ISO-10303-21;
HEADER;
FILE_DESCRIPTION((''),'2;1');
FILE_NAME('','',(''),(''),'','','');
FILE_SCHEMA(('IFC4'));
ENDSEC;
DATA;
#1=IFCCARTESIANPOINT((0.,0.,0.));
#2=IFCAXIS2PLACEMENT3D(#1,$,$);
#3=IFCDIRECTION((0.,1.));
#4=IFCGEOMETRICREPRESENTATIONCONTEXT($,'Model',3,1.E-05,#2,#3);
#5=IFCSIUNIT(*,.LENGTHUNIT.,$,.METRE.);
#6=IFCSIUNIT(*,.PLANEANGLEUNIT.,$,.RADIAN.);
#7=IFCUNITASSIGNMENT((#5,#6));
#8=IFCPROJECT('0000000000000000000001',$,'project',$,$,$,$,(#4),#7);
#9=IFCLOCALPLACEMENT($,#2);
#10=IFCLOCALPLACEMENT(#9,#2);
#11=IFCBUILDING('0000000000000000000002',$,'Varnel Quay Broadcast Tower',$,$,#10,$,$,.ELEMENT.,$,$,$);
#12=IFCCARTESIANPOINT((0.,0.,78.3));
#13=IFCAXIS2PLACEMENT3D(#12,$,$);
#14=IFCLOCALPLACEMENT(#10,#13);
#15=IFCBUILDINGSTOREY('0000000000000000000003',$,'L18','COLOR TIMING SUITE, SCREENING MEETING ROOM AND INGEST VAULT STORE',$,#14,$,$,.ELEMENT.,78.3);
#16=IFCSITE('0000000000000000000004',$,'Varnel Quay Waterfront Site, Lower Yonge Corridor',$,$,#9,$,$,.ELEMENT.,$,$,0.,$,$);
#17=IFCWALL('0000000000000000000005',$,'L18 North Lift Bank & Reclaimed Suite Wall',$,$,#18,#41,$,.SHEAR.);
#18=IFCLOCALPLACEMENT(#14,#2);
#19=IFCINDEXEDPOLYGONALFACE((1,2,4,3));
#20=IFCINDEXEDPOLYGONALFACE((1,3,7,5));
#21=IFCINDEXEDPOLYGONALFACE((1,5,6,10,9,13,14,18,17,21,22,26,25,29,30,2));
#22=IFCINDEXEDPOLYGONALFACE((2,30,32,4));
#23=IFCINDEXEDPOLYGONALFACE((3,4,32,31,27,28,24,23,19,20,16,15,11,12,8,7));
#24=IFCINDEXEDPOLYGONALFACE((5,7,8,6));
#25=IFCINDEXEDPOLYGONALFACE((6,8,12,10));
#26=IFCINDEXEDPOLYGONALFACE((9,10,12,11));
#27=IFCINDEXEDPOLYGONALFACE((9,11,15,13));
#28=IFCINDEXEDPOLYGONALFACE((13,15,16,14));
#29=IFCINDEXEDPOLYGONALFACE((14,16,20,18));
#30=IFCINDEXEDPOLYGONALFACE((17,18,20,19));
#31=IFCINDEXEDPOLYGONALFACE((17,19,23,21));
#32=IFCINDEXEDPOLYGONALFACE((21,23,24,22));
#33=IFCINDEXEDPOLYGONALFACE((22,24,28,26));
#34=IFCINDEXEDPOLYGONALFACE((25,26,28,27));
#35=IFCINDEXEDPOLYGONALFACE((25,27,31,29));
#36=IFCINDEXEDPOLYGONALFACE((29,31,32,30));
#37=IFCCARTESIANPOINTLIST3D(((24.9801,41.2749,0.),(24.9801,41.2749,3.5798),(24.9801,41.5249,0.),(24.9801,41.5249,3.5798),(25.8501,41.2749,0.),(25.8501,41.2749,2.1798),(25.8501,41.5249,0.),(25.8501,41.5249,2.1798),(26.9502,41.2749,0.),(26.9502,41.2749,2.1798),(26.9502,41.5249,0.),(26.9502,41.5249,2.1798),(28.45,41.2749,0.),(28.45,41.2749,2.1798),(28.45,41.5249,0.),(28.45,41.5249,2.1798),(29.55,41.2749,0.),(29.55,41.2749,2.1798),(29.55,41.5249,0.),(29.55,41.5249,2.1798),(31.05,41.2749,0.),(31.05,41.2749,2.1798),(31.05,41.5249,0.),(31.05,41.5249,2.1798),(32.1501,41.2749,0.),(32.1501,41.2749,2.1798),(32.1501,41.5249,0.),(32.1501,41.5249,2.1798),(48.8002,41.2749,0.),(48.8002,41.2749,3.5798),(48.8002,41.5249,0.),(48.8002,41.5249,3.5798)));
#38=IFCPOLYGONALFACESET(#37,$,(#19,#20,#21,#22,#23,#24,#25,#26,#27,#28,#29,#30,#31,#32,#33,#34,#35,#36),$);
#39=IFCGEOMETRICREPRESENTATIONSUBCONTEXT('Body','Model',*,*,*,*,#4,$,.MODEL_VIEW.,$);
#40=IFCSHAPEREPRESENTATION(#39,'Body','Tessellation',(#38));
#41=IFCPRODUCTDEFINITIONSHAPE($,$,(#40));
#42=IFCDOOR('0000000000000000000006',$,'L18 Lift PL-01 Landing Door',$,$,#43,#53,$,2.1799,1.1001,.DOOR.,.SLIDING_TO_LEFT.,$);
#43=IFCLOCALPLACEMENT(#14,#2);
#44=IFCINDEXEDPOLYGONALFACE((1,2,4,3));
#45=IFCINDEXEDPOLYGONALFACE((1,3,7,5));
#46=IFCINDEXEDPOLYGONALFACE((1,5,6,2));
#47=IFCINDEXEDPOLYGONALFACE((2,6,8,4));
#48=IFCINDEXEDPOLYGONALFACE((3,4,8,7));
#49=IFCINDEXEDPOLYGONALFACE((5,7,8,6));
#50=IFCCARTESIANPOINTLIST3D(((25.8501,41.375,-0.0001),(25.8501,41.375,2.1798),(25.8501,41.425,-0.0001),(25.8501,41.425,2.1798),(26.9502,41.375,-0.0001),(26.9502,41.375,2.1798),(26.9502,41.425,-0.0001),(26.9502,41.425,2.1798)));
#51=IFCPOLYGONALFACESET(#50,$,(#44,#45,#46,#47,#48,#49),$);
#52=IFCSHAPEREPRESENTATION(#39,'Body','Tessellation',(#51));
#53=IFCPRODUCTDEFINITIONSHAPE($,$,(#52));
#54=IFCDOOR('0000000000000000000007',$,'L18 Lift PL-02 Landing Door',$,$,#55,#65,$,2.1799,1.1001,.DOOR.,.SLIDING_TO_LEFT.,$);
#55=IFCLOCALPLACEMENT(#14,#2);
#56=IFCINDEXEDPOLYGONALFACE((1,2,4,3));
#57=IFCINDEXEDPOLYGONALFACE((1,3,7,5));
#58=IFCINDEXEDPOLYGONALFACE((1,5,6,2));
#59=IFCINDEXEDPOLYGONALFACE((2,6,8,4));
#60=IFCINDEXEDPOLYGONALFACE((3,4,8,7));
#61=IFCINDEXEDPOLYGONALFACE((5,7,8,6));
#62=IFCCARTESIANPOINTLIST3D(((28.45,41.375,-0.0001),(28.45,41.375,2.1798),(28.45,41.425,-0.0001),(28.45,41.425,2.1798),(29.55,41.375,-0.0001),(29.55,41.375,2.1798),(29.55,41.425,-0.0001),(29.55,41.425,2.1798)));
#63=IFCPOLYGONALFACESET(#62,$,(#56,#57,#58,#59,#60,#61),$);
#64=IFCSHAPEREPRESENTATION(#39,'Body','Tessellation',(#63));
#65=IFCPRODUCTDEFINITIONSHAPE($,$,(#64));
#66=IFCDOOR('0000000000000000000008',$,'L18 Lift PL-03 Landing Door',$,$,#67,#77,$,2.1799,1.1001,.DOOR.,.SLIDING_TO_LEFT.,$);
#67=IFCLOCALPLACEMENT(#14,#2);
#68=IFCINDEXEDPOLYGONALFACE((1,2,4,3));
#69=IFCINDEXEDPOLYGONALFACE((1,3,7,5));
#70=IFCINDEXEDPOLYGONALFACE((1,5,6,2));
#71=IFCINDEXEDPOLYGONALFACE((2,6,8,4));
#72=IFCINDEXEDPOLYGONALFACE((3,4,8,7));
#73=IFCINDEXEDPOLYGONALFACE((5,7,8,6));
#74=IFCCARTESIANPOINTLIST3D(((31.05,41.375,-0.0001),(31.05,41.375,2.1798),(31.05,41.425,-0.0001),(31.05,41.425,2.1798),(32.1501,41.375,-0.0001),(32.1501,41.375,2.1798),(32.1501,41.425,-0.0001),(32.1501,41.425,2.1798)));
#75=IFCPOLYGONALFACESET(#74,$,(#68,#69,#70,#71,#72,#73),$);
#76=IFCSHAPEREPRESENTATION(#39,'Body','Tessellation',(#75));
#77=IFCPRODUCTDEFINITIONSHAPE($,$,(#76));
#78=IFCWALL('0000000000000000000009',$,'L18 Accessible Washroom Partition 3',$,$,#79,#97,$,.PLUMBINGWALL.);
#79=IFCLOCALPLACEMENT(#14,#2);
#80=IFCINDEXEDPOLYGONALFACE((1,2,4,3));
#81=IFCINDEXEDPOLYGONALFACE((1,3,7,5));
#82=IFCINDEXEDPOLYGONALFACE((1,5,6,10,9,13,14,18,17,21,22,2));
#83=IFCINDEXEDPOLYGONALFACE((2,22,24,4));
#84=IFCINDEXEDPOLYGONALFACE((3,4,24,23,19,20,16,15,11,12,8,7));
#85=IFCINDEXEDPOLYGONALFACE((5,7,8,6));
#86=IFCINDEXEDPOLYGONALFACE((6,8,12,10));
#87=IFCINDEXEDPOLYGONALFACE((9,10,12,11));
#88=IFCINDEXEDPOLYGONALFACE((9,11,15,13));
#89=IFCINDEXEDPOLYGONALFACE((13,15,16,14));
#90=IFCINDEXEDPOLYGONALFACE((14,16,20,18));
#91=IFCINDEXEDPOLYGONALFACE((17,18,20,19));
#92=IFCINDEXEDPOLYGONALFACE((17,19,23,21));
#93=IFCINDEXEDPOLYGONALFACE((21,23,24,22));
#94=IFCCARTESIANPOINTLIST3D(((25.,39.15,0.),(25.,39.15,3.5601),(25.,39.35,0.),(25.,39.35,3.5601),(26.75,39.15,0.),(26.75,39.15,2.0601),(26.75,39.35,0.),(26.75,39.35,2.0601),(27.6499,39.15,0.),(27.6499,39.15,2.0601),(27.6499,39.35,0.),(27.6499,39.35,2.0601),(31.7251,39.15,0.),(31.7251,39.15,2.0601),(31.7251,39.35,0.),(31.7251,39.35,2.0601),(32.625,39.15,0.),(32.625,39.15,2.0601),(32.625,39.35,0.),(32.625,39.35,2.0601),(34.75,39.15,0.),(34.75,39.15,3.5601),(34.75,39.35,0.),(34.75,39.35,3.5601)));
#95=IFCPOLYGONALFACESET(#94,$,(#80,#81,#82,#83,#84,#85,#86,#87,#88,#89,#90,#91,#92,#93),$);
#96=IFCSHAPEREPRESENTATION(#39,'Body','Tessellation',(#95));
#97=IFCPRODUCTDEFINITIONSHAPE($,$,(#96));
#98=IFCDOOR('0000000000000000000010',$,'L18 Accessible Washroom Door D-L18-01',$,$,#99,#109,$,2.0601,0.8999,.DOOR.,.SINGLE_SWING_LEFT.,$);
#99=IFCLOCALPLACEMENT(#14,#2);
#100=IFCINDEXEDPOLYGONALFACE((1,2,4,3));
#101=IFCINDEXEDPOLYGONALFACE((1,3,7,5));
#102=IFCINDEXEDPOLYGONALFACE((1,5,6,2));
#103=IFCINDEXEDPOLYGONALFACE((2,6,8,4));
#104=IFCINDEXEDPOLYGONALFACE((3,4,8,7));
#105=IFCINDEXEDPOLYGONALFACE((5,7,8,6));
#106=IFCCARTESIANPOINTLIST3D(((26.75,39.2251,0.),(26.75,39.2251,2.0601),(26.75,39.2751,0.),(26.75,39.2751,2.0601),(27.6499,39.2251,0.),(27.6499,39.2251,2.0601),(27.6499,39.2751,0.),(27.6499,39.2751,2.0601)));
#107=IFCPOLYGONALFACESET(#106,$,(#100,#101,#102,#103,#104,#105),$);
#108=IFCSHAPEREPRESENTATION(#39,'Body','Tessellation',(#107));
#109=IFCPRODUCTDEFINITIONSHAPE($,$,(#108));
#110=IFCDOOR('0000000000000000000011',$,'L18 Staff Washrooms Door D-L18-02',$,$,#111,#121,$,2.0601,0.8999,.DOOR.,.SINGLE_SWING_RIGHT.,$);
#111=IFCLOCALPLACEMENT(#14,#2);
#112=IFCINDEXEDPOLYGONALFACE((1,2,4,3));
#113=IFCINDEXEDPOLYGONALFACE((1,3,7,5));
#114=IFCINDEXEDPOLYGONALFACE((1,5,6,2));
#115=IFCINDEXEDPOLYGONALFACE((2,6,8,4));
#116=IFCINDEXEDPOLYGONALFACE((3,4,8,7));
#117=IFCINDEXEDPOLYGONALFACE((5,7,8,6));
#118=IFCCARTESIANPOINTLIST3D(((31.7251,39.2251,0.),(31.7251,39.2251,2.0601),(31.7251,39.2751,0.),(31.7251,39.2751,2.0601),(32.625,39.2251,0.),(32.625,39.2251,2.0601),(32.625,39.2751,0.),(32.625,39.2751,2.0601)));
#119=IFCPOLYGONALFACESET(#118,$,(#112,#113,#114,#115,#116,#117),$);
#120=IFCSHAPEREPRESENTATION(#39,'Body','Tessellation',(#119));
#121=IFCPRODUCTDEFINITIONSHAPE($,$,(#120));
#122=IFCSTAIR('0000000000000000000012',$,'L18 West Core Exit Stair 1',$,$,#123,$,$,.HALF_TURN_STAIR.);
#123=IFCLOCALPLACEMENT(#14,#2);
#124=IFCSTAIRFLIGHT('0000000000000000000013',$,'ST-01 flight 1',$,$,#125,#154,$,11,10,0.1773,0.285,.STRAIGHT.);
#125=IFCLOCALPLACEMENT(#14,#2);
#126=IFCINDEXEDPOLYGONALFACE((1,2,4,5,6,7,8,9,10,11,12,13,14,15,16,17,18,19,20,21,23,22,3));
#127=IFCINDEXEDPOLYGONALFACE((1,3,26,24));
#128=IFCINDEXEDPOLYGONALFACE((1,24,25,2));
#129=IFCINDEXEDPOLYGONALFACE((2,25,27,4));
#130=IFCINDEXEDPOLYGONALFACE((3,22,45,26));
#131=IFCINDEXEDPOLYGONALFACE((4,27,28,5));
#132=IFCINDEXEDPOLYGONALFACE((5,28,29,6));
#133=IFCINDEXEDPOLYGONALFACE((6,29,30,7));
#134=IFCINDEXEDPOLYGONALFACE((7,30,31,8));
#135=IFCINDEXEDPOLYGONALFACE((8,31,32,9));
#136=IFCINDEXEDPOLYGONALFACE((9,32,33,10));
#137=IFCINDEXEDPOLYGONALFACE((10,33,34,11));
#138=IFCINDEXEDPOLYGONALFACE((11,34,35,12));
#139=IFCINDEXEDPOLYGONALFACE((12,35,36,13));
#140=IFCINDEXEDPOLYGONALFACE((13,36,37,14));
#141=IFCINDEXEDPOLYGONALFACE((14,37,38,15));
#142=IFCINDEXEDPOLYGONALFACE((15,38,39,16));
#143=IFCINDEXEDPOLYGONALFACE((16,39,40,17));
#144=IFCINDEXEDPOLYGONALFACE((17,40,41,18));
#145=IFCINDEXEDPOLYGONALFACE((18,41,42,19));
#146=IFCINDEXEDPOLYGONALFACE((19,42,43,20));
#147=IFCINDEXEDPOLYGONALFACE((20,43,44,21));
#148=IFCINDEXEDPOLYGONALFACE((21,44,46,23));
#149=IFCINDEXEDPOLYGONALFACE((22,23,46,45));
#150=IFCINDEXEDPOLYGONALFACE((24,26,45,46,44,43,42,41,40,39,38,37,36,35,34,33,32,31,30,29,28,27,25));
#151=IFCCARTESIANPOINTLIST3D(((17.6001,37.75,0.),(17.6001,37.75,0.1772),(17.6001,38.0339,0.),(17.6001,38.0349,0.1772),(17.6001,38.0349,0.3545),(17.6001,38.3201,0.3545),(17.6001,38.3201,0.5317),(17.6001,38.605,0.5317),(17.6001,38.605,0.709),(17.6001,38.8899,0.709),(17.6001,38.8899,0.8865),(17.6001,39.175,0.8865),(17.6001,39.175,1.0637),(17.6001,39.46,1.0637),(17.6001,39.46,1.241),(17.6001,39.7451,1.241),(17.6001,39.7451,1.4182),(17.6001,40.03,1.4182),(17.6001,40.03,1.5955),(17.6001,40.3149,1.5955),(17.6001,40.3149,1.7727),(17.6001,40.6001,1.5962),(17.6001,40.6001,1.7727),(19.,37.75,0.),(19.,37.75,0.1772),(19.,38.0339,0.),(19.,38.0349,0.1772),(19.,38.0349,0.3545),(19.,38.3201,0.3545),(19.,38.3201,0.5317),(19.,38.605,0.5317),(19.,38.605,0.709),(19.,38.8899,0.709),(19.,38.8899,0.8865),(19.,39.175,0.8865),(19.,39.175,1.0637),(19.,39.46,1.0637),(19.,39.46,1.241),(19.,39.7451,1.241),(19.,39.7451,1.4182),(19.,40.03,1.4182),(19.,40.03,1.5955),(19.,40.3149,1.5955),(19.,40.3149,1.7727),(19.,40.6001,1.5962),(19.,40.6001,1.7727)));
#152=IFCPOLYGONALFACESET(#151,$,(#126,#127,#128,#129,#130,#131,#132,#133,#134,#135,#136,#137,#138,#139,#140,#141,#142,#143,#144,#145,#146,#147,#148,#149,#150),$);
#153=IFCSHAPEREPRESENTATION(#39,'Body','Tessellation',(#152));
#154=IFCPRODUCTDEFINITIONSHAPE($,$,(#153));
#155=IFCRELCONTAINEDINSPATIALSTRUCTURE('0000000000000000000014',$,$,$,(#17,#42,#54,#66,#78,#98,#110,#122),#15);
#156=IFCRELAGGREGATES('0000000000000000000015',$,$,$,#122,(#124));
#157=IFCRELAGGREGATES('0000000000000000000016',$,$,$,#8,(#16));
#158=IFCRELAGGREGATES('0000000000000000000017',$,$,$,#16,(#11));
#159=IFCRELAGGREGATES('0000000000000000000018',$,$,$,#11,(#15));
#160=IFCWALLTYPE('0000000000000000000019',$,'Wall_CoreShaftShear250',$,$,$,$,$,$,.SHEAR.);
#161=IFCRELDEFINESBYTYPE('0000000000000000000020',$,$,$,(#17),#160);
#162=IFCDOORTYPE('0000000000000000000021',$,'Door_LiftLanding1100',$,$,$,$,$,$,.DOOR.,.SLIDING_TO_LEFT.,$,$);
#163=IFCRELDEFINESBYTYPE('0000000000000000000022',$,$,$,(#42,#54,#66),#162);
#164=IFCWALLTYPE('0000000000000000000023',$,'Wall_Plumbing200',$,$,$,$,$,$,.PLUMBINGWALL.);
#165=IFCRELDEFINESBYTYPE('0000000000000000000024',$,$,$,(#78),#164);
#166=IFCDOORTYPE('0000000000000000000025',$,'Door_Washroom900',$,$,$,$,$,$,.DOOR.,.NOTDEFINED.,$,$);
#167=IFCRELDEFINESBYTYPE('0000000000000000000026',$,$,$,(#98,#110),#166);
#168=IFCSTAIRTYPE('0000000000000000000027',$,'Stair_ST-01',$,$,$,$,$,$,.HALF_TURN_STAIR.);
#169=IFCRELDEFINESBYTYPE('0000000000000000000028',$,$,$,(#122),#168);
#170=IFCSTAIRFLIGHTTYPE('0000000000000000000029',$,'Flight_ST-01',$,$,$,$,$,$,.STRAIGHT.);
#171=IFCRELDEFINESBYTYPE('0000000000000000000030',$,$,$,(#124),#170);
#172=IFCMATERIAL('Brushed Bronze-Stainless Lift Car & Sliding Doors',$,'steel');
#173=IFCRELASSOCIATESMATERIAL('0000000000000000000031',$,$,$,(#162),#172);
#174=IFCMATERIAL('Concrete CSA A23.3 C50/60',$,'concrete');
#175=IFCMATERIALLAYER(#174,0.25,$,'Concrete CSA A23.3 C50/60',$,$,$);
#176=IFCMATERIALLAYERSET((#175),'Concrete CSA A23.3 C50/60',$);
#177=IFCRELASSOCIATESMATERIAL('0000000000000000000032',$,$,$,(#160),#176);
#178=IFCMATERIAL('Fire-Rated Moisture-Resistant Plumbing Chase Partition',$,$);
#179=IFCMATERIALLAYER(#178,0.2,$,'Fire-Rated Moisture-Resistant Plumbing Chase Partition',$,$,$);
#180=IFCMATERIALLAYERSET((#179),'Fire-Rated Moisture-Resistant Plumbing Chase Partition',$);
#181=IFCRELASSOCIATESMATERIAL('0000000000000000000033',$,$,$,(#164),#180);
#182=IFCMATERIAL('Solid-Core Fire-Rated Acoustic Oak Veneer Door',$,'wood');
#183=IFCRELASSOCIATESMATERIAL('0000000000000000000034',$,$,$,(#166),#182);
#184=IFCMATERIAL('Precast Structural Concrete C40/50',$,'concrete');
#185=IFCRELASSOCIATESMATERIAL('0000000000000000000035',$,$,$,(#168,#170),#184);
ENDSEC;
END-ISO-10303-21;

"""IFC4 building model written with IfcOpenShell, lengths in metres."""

from ifc_helpers import new_model, si_unit, direction, frame, frame_2d, origin, place, context, subcontext, project, spatial, polyline, rectangle, outline, extrude, source, transform, mapped, material, layer, layer_set, type_object, type_shapes, element, fill, aggregate, save


model = new_model("IFC4")

# Units and contexts
model_context = context("Model", 3, precision=1e-05, world=origin(), true_north=direction((0.0, 1.0)))
body_context = subcontext(model_context, "Body", "Model", "MODEL_VIEW")
ifc_project = project(units=[si_unit("LENGTHUNIT", "METRE"), si_unit("PLANEANGLEUNIT", "RADIAN")], contexts=[model_context])

# Site, building, storey
site_placement = place(None, origin())
site = spatial("IfcSite", under=ifc_project, at=site_placement, Name="Varnel Quay Waterfront Site, Lower Yonge Corridor", CompositionType="ELEMENT", RefElevation=0.0)
building_placement = place(site_placement, origin())
building = spatial("IfcBuilding", under=site, at=building_placement, Name="Varnel Quay Broadcast Tower", CompositionType="ELEMENT")
storey_placement = place(building_placement, frame((0.0, 0.0, 78.3)))
storey = spatial("IfcBuildingStorey", under=building, at=storey_placement, Name="L18", Description="COLOR TIMING SUITE, SCREENING MEETING ROOM AND INGEST VAULT STORE", CompositionType="ELEMENT", Elevation=78.3)

# Shared definitions
ifc_material_1 = material(Name="Concrete CSA A23.3 C50/60", Category="concrete")
ifc_material_2 = material(Name="Brushed Bronze-Stainless Lift Car & Sliding Doors", Category="steel")
door_type_1 = type_object("IfcDoorType", Name="Door_LiftLanding1100", OperationType="SLIDING_TO_LEFT", PredefinedType="DOOR", material=ifc_material_2)
shared_shape_1 = source(origin(), body_context, "Body", "SweptSolid", [
    extrude(rectangle(XDim=1.1001, YDim=2.1799, at=frame_2d((0.55, 1.0898))), frame((0.0, 0.0249, 0.0), z_axis=(0.0, -1.0, 0.0), x_axis=(1.0, 0.0, 0.0)), (0.0, 0.0, 1.0), 0.05),
])
type_shapes(door_type_1, [shared_shape_1])

# Walls, openings, doors
ifc_layer_1 = layer(ifc_material_1, 0.25, Name="Concrete CSA A23.3 C50/60")
ifc_layer_set_1 = layer_set([ifc_layer_1], Name="Concrete CSA A23.3 C50/60")
wall_type_1 = type_object("IfcWallType", Name="Wall_CoreShaftShear250", PredefinedType="SHEAR", material=ifc_layer_set_1)
wall_1_placement = place(storey_placement, frame((24.98, 41.3999, 0.0), z_axis=(0.0, 0.0, 1.0), x_axis=(1.0, 0.0, 0.0)))
wall_1 = element("IfcWall", 1, at=wall_1_placement, inside=storey, type_object=wall_type_1, Name="L18 North Lift Bank & Reclaimed Suite Wall", PredefinedType="SHEAR", context=body_context, shape_type="SweptSolid", body=[
    extrude(rectangle(XDim=23.8201, YDim=0.25, at=frame_2d((11.9102, 0.0))), origin(), (0.0, 0.0, 1.0), 3.5798),
])
opening_1_placement = place(wall_1_placement, frame((0.8701, 0.0, 0.0)))
opening_1 = element("IfcOpeningElement", 2, at=opening_1_placement, cuts=wall_1, PredefinedType="OPENING", context=body_context, shape_type="SweptSolid", body=[
    extrude(rectangle(XDim=1.1001, YDim=2.1799, at=frame_2d((0.55, 1.0898))), frame((0.0, 0.135, 0.0), z_axis=(0.0, -1.0, 0.0), x_axis=(1.0, 0.0, 0.0)), (0.0, 0.0, 1.0), 0.27),
])
opening_2_placement = place(wall_1_placement, frame((3.47, 0.0, 0.0)))
opening_2 = element("IfcOpeningElement", 3, at=opening_2_placement, cuts=wall_1, PredefinedType="OPENING", context=body_context, shape_type="SweptSolid", body=[
    extrude(rectangle(XDim=1.1001, YDim=2.1799, at=frame_2d((0.55, 1.0898))), frame((0.0, 0.135, 0.0), z_axis=(0.0, -1.0, 0.0), x_axis=(1.0, 0.0, 0.0)), (0.0, 0.0, 1.0), 0.27),
])
opening_3_placement = place(wall_1_placement, frame((6.0701, 0.0, 0.0)))
opening_3 = element("IfcOpeningElement", 4, at=opening_3_placement, cuts=wall_1, PredefinedType="OPENING", context=body_context, shape_type="SweptSolid", body=[
    extrude(rectangle(XDim=1.1001, YDim=2.1799, at=frame_2d((0.55, 1.0898))), frame((0.0, 0.135, 0.0), z_axis=(0.0, -1.0, 0.0), x_axis=(1.0, 0.0, 0.0)), (0.0, 0.0, 1.0), 0.27),
])
door_1_placement = place(opening_1_placement, frame((1.1001, 0.0, 0.0), z_axis=(0.0, 0.0, 1.0), x_axis=(-1.0, 0.0, 0.0)))
door_1 = element("IfcDoor", 5, at=door_1_placement, inside=storey, type_object=door_type_1, Name="L18 Lift PL-01 Landing Door", OperationType="SLIDING_TO_LEFT", OverallHeight=2.1799, OverallWidth=1.1001, PredefinedType="DOOR", context=body_context, shape_type="MappedRepresentation", body=[
    mapped(shared_shape_1, transform((0.0, 0.0, 0.0), x_axis=(1.0, 0.0, 0.0), y_axis=(0.0, 1.0, 0.0), z_axis=(0.0, 0.0, 1.0), scale=1.0)),
])
fill(opening_1, door_1)
door_2_placement = place(opening_2_placement, frame((1.1001, 0.0, 0.0), z_axis=(0.0, 0.0, 1.0), x_axis=(-1.0, 0.0, 0.0)))
door_2 = element("IfcDoor", 6, at=door_2_placement, inside=storey, type_object=door_type_1, Name="L18 Lift PL-02 Landing Door", OperationType="SLIDING_TO_LEFT", OverallHeight=2.1799, OverallWidth=1.1001, PredefinedType="DOOR", context=body_context, shape_type="MappedRepresentation", body=[
    mapped(shared_shape_1, transform((0.0, 0.0, 0.0), x_axis=(1.0, 0.0, 0.0), y_axis=(0.0, 1.0, 0.0), z_axis=(0.0, 0.0, 1.0), scale=1.0)),
])
fill(opening_2, door_2)
door_3_placement = place(opening_3_placement, frame((1.1001, 0.0, 0.0), z_axis=(0.0, 0.0, 1.0), x_axis=(-1.0, 0.0, 0.0)))
door_3 = element("IfcDoor", 7, at=door_3_placement, inside=storey, type_object=door_type_1, Name="L18 Lift PL-03 Landing Door", OperationType="SLIDING_TO_LEFT", OverallHeight=2.1799, OverallWidth=1.1001, PredefinedType="DOOR", context=body_context, shape_type="MappedRepresentation", body=[
    mapped(shared_shape_1, transform((0.0, 0.0, 0.0), x_axis=(1.0, 0.0, 0.0), y_axis=(0.0, 1.0, 0.0), z_axis=(0.0, 0.0, 1.0), scale=1.0)),
])
fill(opening_3, door_3)
ifc_material_3 = material(Name="Fire-Rated Moisture-Resistant Plumbing Chase Partition")
ifc_layer_2 = layer(ifc_material_3, 0.2, Name="Fire-Rated Moisture-Resistant Plumbing Chase Partition")
ifc_layer_set_2 = layer_set([ifc_layer_2], Name="Fire-Rated Moisture-Resistant Plumbing Chase Partition")
wall_type_2 = type_object("IfcWallType", Name="Wall_Plumbing200", PredefinedType="PLUMBINGWALL", material=ifc_layer_set_2)
wall_2_placement = place(storey_placement, frame((25.0, 39.25, 0.0), z_axis=(0.0, 0.0, 1.0), x_axis=(1.0, 0.0, 0.0)))
wall_2 = element("IfcWall", 8, at=wall_2_placement, inside=storey, type_object=wall_type_2, Name="L18 Accessible Washroom Partition 3", PredefinedType="PLUMBINGWALL", context=body_context, shape_type="SweptSolid", body=[
    extrude(rectangle(XDim=9.75, YDim=0.2, at=frame_2d((4.875, 0.0))), origin(), (0.0, 0.0, 1.0), 3.5601),
])
opening_4_placement = place(wall_2_placement, frame((1.75, 0.0, 0.0)))
opening_4 = element("IfcOpeningElement", 9, at=opening_4_placement, cuts=wall_2, PredefinedType="OPENING", context=body_context, shape_type="SweptSolid", body=[
    extrude(rectangle(XDim=0.8999, YDim=2.0601, at=frame_2d((0.45, 1.03))), frame((0.0, 0.1099, 0.0), z_axis=(0.0, -1.0, 0.0), x_axis=(1.0, 0.0, 0.0)), (0.0, 0.0, 1.0), 0.22),
])
opening_5_placement = place(wall_2_placement, frame((6.7251, 0.0, 0.0)))
opening_5 = element("IfcOpeningElement", 10, at=opening_5_placement, cuts=wall_2, PredefinedType="OPENING", context=body_context, shape_type="SweptSolid", body=[
    extrude(rectangle(XDim=0.8999, YDim=2.0601, at=frame_2d((0.45, 1.03))), frame((0.0, 0.1099, 0.0), z_axis=(0.0, -1.0, 0.0), x_axis=(1.0, 0.0, 0.0)), (0.0, 0.0, 1.0), 0.22),
])
ifc_material_4 = material(Name="Solid-Core Fire-Rated Acoustic Oak Veneer Door", Category="wood")
door_type_2 = type_object("IfcDoorType", Name="Door_Washroom900", OperationType="NOTDEFINED", PredefinedType="DOOR", material=ifc_material_4)
shared_shape_2 = source(origin(), body_context, "Body", "SweptSolid", [
    extrude(rectangle(XDim=0.8999, YDim=2.0601, at=frame_2d((0.45, 1.03))), frame((0.0, 0.0249, 0.0), z_axis=(0.0, -1.0, 0.0), x_axis=(1.0, 0.0, 0.0)), (0.0, 0.0, 1.0), 0.05),
])
type_shapes(door_type_2, [shared_shape_2])
door_4_placement = place(opening_4_placement, frame((0.8999, 0.0, 0.0), z_axis=(0.0, 0.0, 1.0), x_axis=(-1.0, 0.0, 0.0)))
door_4 = element("IfcDoor", 11, at=door_4_placement, inside=storey, type_object=door_type_2, Name="L18 Accessible Washroom Door D-L18-01", OperationType="SINGLE_SWING_LEFT", OverallHeight=2.0601, OverallWidth=0.8999, PredefinedType="DOOR", context=body_context, shape_type="MappedRepresentation", body=[
    mapped(shared_shape_2, transform((0.0, 0.0, 0.0), x_axis=(1.0, 0.0, 0.0), y_axis=(0.0, 1.0, 0.0), z_axis=(0.0, 0.0, 1.0), scale=1.0)),
])
fill(opening_4, door_4)
door_5_placement = place(opening_5_placement, frame((0.8999, 0.0, 0.0), z_axis=(0.0, 0.0, 1.0), x_axis=(-1.0, 0.0, 0.0)))
door_5 = element("IfcDoor", 12, at=door_5_placement, inside=storey, type_object=door_type_2, Name="L18 Staff Washrooms Door D-L18-02", OperationType="SINGLE_SWING_RIGHT", OverallHeight=2.0601, OverallWidth=0.8999, PredefinedType="DOOR", context=body_context, shape_type="MappedRepresentation", body=[
    mapped(shared_shape_2, transform((0.0, 0.0, 0.0), x_axis=(1.0, 0.0, 0.0), y_axis=(0.0, 1.0, 0.0), z_axis=(0.0, 0.0, 1.0), scale=1.0)),
])
fill(opening_5, door_5)

# Stair, stair flight
ifc_material_5 = material(Name="Precast Structural Concrete C40/50", Category="concrete")
stair_type = type_object("IfcStairType", Name="Stair_ST-01", PredefinedType="HALF_TURN_STAIR", material=ifc_material_5)
stair_placement = place(storey_placement, origin())
stair = element("IfcStair", 13, at=stair_placement, inside=storey, type_object=stair_type, Name="L18 West Core Exit Stair 1", PredefinedType="HALF_TURN_STAIR")
stair_flight_type = type_object("IfcStairFlightType", Name="Flight_ST-01", PredefinedType="STRAIGHT", material=ifc_material_5)
stair_flight_placement = place(storey_placement, frame((18.3, 37.75, 0.0), z_axis=(0.0, 0.0, 1.0), x_axis=(0.0, 1.0, 0.0)))
stair_flight = element("IfcStairFlight", 14, at=stair_flight_placement, type_object=stair_flight_type, Name="ST-01 flight 1", NumberOfRisers=11, NumberOfTreads=10, PredefinedType="STRAIGHT", RiserHeight=0.1773, TreadLength=0.285, context=body_context, shape_type="SweptSolid", body=[
    extrude(outline(polyline([(0.0, 0.0), (0.0, 0.1772), (0.2849, 0.1772), (0.2849, 0.3545), (0.5701, 0.3545), (0.5701, 0.5317), (0.855, 0.5317), (0.855, 0.709), (1.1399, 0.709), (1.1399, 0.8865), (1.425, 0.8865), (1.425, 1.0637), (1.71, 1.0637), (1.71, 1.241), (1.9951, 1.241), (1.9951, 1.4182), (2.28, 1.4182), (2.28, 1.5955), (2.5649, 1.5955), (2.5649, 1.7727), (2.8501, 1.7727), (2.8501, 1.95), (2.8501, 1.5962), (0.2839, 0.0), (0.0, 0.0)])), frame((0.0, 0.7, 0.0), z_axis=(0.0, -1.0, 0.0), x_axis=(1.0, 0.0, 0.0)), (0.0, 0.0, 1.0), 1.3999),
])
aggregate(stair, [stair_flight])

save(model, "model.ifc")
